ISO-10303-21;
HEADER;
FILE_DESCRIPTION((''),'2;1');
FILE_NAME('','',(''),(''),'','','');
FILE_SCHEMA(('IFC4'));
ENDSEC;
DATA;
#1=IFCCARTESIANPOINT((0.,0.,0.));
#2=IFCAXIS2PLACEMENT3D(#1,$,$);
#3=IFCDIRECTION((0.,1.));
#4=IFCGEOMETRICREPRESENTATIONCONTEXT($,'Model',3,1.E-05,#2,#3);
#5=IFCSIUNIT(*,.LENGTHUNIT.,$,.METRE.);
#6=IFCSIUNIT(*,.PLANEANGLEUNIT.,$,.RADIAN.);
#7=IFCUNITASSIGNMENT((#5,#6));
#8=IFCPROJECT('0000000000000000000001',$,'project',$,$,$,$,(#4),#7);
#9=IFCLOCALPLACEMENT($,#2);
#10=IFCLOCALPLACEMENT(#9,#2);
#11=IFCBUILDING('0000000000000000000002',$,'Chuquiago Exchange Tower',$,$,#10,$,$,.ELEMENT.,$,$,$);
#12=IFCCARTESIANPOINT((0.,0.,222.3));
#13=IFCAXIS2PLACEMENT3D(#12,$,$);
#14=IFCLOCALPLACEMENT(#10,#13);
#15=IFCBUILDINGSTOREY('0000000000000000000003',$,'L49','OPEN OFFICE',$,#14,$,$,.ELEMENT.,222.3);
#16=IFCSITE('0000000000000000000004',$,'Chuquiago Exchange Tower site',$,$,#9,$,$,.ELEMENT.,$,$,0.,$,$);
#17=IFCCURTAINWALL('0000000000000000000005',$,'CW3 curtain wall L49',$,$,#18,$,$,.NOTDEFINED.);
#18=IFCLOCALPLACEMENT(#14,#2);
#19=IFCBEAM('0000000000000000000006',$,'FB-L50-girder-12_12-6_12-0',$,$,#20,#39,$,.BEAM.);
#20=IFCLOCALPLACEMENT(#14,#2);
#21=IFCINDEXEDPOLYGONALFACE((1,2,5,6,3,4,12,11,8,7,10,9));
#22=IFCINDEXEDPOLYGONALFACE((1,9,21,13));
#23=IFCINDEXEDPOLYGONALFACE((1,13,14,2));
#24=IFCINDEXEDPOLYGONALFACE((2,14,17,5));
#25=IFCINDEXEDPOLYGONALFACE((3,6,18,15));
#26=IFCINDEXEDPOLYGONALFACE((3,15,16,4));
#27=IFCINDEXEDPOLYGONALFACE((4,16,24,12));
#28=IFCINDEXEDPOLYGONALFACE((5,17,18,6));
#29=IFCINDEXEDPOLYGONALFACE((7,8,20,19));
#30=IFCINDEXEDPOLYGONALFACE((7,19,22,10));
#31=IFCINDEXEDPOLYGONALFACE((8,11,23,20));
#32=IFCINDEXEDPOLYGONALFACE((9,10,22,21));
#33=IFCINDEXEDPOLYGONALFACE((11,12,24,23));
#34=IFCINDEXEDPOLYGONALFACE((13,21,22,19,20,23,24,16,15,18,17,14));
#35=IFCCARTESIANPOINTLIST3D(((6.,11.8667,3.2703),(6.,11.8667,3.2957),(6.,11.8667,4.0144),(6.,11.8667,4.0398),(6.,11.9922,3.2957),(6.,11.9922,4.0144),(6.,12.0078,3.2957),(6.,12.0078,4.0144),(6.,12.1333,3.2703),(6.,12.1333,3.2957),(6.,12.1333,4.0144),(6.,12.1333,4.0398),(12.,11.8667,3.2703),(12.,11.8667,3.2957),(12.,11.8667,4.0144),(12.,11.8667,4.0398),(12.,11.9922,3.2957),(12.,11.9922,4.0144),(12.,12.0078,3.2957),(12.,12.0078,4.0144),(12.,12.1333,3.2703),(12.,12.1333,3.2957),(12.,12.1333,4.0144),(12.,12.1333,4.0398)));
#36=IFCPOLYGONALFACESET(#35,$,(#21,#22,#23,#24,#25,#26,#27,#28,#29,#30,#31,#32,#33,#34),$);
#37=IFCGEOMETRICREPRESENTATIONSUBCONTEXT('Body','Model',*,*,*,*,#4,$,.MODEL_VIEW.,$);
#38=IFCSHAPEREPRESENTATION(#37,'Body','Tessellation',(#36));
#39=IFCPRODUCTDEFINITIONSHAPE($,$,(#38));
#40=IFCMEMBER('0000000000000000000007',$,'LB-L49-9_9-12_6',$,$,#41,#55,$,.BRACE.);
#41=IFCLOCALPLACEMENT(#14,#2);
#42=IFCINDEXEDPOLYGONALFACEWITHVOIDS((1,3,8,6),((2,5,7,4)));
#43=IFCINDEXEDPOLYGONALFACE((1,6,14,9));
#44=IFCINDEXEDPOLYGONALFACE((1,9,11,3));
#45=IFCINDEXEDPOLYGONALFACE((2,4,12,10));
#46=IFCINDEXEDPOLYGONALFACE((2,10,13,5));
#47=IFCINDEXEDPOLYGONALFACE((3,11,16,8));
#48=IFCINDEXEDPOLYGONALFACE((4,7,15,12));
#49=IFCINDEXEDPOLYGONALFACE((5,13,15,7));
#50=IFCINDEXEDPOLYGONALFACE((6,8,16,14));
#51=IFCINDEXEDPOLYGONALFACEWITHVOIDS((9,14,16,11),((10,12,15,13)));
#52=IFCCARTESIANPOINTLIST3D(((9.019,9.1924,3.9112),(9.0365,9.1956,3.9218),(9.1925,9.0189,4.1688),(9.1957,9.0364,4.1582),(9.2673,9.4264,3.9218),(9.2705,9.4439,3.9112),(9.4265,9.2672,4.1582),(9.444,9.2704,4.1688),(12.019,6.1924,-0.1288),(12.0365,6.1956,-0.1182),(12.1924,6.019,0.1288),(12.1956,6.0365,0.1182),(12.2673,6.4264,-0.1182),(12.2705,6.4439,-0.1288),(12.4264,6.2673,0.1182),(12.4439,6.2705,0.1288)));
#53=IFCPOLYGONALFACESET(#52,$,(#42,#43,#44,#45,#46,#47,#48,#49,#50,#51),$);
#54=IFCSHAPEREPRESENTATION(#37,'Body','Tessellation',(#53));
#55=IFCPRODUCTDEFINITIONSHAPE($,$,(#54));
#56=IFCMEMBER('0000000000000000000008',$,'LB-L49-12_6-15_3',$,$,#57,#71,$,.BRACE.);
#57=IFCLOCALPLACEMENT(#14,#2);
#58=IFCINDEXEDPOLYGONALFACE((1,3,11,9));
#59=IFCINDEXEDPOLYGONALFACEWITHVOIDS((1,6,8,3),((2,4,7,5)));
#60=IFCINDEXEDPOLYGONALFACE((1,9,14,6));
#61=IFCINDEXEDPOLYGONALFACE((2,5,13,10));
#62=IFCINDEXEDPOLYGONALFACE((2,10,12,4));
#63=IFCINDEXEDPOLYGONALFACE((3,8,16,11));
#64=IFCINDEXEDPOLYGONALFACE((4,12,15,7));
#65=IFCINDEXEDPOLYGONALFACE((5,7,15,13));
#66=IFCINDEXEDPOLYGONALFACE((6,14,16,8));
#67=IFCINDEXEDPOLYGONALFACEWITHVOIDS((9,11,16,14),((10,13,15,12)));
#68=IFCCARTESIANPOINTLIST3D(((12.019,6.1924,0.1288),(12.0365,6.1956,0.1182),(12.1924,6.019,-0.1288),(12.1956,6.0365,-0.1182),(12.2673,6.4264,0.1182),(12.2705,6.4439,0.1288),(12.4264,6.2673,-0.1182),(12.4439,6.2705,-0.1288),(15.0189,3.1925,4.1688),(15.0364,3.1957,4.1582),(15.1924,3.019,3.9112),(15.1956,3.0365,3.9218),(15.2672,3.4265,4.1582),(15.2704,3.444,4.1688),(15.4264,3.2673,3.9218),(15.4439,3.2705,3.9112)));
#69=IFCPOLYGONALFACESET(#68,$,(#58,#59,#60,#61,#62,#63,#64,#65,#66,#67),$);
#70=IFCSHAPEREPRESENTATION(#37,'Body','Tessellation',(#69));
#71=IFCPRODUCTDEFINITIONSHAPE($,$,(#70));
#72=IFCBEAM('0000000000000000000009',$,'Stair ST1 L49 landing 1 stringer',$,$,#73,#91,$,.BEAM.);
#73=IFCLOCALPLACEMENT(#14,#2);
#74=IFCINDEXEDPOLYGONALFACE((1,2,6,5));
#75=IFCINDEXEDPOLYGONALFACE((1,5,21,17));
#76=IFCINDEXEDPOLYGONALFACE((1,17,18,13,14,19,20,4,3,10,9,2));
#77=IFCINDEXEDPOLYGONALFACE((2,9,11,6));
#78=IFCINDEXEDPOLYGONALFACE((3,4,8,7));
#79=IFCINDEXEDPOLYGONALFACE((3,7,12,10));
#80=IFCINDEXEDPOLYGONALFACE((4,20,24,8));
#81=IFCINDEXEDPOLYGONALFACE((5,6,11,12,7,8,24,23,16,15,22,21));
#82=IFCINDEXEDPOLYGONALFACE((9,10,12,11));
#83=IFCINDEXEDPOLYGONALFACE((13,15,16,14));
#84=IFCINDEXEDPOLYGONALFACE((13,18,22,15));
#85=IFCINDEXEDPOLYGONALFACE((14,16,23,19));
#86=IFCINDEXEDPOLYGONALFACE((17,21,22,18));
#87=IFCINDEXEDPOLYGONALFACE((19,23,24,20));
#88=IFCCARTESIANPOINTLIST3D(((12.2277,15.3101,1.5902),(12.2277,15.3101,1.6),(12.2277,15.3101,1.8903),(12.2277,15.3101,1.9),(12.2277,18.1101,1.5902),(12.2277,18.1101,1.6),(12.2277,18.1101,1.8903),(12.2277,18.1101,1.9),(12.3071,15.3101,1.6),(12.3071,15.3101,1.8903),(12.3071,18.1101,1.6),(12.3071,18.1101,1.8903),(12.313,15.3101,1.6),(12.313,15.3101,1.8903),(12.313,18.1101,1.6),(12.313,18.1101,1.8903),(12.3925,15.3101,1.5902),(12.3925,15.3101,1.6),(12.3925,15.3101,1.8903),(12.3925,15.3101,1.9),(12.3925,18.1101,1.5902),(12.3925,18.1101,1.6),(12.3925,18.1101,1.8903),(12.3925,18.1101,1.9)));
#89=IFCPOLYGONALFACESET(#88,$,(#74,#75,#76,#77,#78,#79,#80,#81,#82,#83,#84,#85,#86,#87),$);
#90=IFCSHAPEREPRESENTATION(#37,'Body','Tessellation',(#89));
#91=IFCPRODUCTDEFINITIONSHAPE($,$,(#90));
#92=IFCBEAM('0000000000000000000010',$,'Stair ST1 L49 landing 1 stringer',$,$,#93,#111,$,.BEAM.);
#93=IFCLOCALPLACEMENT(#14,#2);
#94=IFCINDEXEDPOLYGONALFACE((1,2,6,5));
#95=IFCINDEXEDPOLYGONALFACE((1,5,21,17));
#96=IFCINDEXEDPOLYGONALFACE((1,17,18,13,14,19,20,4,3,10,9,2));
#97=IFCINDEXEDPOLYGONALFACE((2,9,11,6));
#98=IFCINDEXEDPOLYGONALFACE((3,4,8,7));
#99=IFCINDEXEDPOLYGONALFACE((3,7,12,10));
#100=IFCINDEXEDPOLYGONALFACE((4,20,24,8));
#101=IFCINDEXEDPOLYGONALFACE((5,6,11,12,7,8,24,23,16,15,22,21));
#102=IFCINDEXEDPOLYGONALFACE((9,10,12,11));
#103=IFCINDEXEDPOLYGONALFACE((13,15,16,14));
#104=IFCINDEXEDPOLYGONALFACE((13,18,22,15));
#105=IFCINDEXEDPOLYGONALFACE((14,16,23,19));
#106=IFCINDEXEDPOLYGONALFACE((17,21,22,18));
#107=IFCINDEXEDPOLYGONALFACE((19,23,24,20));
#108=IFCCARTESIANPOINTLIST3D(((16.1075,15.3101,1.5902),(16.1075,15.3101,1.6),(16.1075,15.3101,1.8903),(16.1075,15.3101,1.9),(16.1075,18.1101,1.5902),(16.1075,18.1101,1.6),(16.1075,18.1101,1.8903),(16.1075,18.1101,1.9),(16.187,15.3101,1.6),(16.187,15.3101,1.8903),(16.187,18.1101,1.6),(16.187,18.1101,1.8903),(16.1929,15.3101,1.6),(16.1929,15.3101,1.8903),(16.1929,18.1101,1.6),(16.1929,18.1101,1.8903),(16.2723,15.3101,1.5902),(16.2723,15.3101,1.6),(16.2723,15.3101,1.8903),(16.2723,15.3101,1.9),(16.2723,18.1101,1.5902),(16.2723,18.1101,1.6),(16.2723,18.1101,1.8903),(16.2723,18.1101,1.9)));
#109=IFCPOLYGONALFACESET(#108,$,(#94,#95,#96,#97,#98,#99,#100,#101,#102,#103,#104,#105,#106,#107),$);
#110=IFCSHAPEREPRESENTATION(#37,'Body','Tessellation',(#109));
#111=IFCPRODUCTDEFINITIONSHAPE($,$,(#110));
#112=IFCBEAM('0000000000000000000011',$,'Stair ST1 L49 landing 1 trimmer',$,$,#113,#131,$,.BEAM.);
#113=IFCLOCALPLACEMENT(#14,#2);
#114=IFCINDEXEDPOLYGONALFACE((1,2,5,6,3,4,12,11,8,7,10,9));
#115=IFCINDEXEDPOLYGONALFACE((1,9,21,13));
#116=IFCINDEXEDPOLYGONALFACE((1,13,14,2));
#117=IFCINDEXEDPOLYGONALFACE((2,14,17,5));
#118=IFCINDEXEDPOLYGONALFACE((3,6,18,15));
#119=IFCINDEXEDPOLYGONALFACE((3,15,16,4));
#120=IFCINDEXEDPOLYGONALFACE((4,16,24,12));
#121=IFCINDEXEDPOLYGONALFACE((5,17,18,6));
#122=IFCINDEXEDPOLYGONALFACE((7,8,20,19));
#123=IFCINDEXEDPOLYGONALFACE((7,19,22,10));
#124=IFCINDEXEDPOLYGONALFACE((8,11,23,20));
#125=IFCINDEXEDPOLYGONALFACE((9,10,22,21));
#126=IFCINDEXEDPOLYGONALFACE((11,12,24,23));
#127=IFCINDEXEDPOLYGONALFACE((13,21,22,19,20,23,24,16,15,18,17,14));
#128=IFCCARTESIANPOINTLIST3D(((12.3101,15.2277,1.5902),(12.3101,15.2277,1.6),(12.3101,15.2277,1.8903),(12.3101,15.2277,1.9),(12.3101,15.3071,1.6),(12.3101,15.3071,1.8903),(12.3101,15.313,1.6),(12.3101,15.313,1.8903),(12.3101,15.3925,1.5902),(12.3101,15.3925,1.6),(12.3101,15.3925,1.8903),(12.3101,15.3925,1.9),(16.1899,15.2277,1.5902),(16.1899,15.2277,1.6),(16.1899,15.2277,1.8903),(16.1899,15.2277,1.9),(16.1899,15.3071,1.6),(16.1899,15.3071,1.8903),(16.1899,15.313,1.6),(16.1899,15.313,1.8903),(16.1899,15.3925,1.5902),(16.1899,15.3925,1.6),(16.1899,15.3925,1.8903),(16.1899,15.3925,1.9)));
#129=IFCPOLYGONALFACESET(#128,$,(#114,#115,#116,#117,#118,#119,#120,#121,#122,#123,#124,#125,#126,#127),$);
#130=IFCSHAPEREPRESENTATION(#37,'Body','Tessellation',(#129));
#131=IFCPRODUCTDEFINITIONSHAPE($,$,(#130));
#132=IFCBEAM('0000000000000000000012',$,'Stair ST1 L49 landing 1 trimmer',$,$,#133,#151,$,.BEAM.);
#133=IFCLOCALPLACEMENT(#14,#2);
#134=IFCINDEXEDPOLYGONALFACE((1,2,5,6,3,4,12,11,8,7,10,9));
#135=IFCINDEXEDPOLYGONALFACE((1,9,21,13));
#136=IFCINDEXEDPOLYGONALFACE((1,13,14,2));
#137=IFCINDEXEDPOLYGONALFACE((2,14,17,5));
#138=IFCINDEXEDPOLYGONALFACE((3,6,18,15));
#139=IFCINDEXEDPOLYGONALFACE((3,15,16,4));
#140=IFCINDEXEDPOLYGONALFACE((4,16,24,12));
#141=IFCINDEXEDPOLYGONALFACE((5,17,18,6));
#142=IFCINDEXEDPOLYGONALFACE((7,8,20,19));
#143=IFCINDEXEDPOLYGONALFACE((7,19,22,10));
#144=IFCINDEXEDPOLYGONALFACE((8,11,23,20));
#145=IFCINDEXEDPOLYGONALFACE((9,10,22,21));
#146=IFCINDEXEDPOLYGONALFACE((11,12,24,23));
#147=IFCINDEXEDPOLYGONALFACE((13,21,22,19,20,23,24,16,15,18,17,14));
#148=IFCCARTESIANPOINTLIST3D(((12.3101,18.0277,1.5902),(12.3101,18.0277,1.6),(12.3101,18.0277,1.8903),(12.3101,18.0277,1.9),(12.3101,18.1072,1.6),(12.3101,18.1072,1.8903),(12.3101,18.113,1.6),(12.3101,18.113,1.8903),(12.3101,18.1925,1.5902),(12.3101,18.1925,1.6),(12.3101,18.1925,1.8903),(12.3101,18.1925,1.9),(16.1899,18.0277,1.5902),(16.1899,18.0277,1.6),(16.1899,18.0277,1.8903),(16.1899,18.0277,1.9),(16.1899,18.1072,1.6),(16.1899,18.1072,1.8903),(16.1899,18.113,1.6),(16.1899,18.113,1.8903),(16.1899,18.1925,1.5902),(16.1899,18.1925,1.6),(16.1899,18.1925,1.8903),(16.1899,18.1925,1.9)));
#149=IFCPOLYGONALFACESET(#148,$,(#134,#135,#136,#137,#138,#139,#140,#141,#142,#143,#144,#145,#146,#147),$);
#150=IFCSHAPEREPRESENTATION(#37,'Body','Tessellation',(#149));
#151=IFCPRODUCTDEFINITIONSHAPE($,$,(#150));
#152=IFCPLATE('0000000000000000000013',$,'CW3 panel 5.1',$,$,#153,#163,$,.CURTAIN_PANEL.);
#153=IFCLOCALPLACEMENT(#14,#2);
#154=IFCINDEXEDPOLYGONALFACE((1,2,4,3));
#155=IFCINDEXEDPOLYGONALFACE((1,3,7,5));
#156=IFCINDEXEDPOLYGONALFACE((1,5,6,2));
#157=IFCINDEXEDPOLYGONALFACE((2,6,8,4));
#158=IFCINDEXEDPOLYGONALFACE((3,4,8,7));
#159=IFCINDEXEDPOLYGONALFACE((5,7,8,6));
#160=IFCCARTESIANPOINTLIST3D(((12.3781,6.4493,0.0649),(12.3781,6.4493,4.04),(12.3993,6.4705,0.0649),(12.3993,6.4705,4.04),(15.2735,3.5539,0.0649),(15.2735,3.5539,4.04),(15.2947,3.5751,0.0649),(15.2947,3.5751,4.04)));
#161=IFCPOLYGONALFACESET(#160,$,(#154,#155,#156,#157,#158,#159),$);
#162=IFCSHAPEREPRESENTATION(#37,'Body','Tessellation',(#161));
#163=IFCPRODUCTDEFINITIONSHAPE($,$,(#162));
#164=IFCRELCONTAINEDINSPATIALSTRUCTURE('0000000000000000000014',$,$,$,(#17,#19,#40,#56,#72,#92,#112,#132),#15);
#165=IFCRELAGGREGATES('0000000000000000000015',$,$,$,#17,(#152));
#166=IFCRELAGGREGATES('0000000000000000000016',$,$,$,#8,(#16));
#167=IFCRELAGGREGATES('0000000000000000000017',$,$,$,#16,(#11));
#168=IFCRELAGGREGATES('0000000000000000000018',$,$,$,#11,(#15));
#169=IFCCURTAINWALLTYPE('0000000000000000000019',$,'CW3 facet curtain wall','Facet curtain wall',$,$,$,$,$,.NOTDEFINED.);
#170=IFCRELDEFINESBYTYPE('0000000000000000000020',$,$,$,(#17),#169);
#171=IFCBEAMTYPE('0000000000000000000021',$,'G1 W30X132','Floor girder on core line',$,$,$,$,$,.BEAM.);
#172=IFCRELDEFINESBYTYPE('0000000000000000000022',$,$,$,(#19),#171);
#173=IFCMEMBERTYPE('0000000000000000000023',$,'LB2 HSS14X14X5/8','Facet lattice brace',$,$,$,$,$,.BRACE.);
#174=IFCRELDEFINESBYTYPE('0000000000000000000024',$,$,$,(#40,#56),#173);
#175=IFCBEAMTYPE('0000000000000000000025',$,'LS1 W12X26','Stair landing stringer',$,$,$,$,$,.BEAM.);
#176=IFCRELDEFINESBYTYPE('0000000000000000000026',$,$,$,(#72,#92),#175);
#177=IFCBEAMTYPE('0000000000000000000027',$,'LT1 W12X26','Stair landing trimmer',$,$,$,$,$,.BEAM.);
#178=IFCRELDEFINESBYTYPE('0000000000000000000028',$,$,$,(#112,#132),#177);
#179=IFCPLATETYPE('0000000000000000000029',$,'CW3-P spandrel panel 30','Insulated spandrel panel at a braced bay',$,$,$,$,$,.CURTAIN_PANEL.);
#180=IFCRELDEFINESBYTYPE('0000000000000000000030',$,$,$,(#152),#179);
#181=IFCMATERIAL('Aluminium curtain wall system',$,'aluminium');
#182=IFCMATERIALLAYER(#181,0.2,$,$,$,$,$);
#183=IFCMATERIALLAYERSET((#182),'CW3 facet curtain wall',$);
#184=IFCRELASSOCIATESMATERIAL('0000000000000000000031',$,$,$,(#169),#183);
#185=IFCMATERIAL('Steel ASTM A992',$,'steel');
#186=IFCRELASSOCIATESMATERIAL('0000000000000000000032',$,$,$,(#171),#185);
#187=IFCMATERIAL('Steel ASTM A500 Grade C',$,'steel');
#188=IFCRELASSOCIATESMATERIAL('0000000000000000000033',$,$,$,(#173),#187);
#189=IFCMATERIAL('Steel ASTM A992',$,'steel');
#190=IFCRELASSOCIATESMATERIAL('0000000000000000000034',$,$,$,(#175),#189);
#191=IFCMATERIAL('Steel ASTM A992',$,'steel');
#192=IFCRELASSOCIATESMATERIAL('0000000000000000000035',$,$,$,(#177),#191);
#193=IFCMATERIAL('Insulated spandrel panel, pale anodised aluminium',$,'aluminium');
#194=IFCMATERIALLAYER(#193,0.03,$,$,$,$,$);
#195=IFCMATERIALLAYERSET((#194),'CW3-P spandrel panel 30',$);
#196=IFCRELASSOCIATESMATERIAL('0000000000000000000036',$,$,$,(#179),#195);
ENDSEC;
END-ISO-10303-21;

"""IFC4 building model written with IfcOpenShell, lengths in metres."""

from ifc_helpers import new_model, si_unit, direction, frame, origin, origin_2d, place, context, subcontext, project, spatial, rectangle, hollow_rectangle, i_section, extrude, material, layer, layer_set, material_profile, profile_set, type_object, element, aggregate, save


model = new_model("IFC4")

# Units and contexts
model_context = context("Model", 3, precision=1e-05, world=origin(), true_north=direction((0.0, 1.0)))
body_context = subcontext(model_context, "Body", "Model", "MODEL_VIEW")
ifc_project = project(units=[si_unit("LENGTHUNIT", "METRE"), si_unit("PLANEANGLEUNIT", "RADIAN")], contexts=[model_context])

# Site, building, storey
site_placement = place(None, origin())
site = spatial("IfcSite", under=ifc_project, at=site_placement, Name="Chuquiago Exchange Tower site", CompositionType="ELEMENT", RefElevation=0.0)
building_placement = place(site_placement, origin())
building = spatial("IfcBuilding", under=site, at=building_placement, Name="Chuquiago Exchange Tower", CompositionType="ELEMENT")
storey_placement = place(building_placement, frame((0.0, 0.0, 222.3)))
storey = spatial("IfcBuildingStorey", under=building, at=storey_placement, Name="L49", Description="OPEN OFFICE", CompositionType="ELEMENT", Elevation=222.3)

# Curtain wall
ifc_material_1 = material(Name="Aluminium curtain wall system", Category="aluminium")
ifc_layer_1 = layer(ifc_material_1, 0.2)
ifc_layer_set_1 = layer_set([ifc_layer_1], Name="CW3 facet curtain wall")
curtain_wall_type = type_object("IfcCurtainWallType", Name="CW3 facet curtain wall", Description="Facet curtain wall", PredefinedType="NOTDEFINED", material=ifc_layer_set_1)
curtain_wall_placement = place(storey_placement, origin())
curtain_wall = element("IfcCurtainWall", 1, at=curtain_wall_placement, inside=storey, type_object=curtain_wall_type, Name="CW3 curtain wall L49", PredefinedType="NOTDEFINED")

# Beam
ifc_material_2 = material(Name="Steel ASTM A992", Category="steel")
ifc_material_profile_1 = material_profile(ifc_material_2, i_section(OverallWidth=0.2666, OverallDepth=0.7695, WebThickness=0.0156, FlangeThickness=0.0254, at=origin_2d()), Name="W30X132")
ifc_profile_set_1 = profile_set([ifc_material_profile_1], Name="Steel ASTM A992")
beam_type_1 = type_object("IfcBeamType", Name="G1 W30X132", Description="Floor girder on core line", PredefinedType="BEAM", material=ifc_profile_set_1)
for number, where, z_axis, x_axis, name in (
    (2, (12.0, 12.0, 3.655), (-1.0, 0.0, 0.0), (0.0, -1.0, 0.0), "FB-L50-girder-12_12-6_12-0"),
):
    element("IfcBeam", number, at=place(storey_placement, frame(where, z_axis=z_axis, x_axis=x_axis)), inside=storey, type_object=beam_type_1, Name=name, PredefinedType="BEAM", context=body_context, shape_type="SweptSolid", body=[
        extrude(i_section(OverallWidth=0.2666, OverallDepth=0.7695, WebThickness=0.0156, FlangeThickness=0.0254, at=origin_2d()), origin(), (0.0, 0.0, 1.0), 6.0),
    ])

# Members
ifc_material_3 = material(Name="Steel ASTM A500 Grade C", Category="steel")
ifc_material_profile_2 = material_profile(ifc_material_3, hollow_rectangle(XDim=0.3557, YDim=0.3557, WallThickness=0.0146, at=origin_2d()), Name="HSS14X14X5/8")
ifc_profile_set_2 = profile_set([ifc_material_profile_2], Name="Steel ASTM A500 Grade C")
member_type_1 = type_object("IfcMemberType", Name="LB2 HSS14X14X5/8", Description="Facet lattice brace", PredefinedType="BRACE", material=ifc_profile_set_2)
for number, where, z_axis, x_axis, name in (
    (3, (12.2314, 6.2314, 0.0), (-0.512077, 0.512077, 0.689604), (-0.707107, -0.707107, 0.0), "LB-L49-9_9-12_6"),
    (4, (12.2314, 6.2314, 0.0), (0.512077, -0.512077, 0.689604), (0.707107, 0.707107, 0.0), "LB-L49-12_6-15_3"),
):
    element("IfcMember", number, at=place(storey_placement, frame(where, z_axis=z_axis, x_axis=x_axis)), inside=storey, type_object=member_type_1, Name=name, PredefinedType="BRACE", context=body_context, shape_type="SweptSolid", body=[
        extrude(hollow_rectangle(XDim=0.3557, YDim=0.3557, WallThickness=0.0146, at=origin_2d()), origin(), (0.0, 0.0, 1.0), 5.8584),
    ])

# Beams
ifc_material_4 = material(Name="Steel ASTM A992", Category="steel")
ifc_material_profile_3 = material_profile(ifc_material_4, i_section(OverallWidth=0.1648, OverallDepth=0.3098, WebThickness=0.0059, FlangeThickness=0.0098, at=origin_2d()), Name="W12X26")
ifc_profile_set_3 = profile_set([ifc_material_profile_3], Name="Steel ASTM A992")
beam_type_2 = type_object("IfcBeamType", Name="LS1 W12X26", Description="Stair landing stringer", PredefinedType="BEAM", material=ifc_profile_set_3)
for number, where, z_axis, x_axis, name in (
    (5, (12.3101, 15.3101, 1.7451), (0.0, 1.0, 0.0), (-1.0, 0.0, 0.0), "Stair ST1 L49 landing 1 stringer"),
    (6, (16.1899, 15.3101, 1.7451), (0.0, 1.0, 0.0), (-1.0, 0.0, 0.0), "Stair ST1 L49 landing 1 stringer"),
):
    element("IfcBeam", number, at=place(storey_placement, frame(where, z_axis=z_axis, x_axis=x_axis)), inside=storey, type_object=beam_type_2, Name=name, PredefinedType="BEAM", context=body_context, shape_type="SweptSolid", body=[
        extrude(i_section(OverallWidth=0.1648, OverallDepth=0.3098, WebThickness=0.0059, FlangeThickness=0.0098, at=origin_2d()), origin(), (0.0, 0.0, 1.0), 2.8),
    ])
ifc_material_5 = material(Name="Steel ASTM A992", Category="steel")
ifc_material_profile_4 = material_profile(ifc_material_5, i_section(OverallWidth=0.1648, OverallDepth=0.3098, WebThickness=0.0059, FlangeThickness=0.0098, at=origin_2d()), Name="W12X26")
ifc_profile_set_4 = profile_set([ifc_material_profile_4], Name="Steel ASTM A992")
beam_type_3 = type_object("IfcBeamType", Name="LT1 W12X26", Description="Stair landing trimmer", PredefinedType="BEAM", material=ifc_profile_set_4)
for number, where, z_axis, x_axis, name in (
    (7, (12.3101, 15.3101, 1.7451), (1.0, 0.0, 0.0), (0.0, 1.0, 0.0), "Stair ST1 L49 landing 1 trimmer"),
    (8, (12.3101, 18.1101, 1.7451), (1.0, 0.0, 0.0), (0.0, 1.0, 0.0), "Stair ST1 L49 landing 1 trimmer"),
):
    element("IfcBeam", number, at=place(storey_placement, frame(where, z_axis=z_axis, x_axis=x_axis)), inside=storey, type_object=beam_type_3, Name=name, PredefinedType="BEAM", context=body_context, shape_type="SweptSolid", body=[
        extrude(i_section(OverallWidth=0.1648, OverallDepth=0.3098, WebThickness=0.0059, FlangeThickness=0.0098, at=origin_2d()), origin(), (0.0, 0.0, 1.0), 3.8799),
    ])

# Plate
ifc_material_6 = material(Name="Insulated spandrel panel, pale anodised aluminium", Category="aluminium")
ifc_layer_2 = layer(ifc_material_6, 0.03)
ifc_layer_set_2 = layer_set([ifc_layer_2], Name="CW3-P spandrel panel 30")
plate_type = type_object("IfcPlateType", Name="CW3-P spandrel panel 30", Description="Insulated spandrel panel at a braced bay", PredefinedType="CURTAIN_PANEL", material=ifc_layer_set_2)
plate_placement = place(storey_placement, frame((13.8364, 5.0122, 0.0649), z_axis=(0.0, 0.0, 1.0), x_axis=(0.707107, -0.707107, 0.0)))
plate = element("IfcPlate", 9, at=plate_placement, type_object=plate_type, Name="CW3 panel 5.1", PredefinedType="CURTAIN_PANEL", context=body_context, shape_type="SweptSolid", body=[
    extrude(rectangle(XDim=4.0947, YDim=0.03, at=origin_2d()), origin(), (0.0, 0.0, 1.0), 3.9751),
])
aggregate(curtain_wall, [plate])

save(model, "model.ifc")
